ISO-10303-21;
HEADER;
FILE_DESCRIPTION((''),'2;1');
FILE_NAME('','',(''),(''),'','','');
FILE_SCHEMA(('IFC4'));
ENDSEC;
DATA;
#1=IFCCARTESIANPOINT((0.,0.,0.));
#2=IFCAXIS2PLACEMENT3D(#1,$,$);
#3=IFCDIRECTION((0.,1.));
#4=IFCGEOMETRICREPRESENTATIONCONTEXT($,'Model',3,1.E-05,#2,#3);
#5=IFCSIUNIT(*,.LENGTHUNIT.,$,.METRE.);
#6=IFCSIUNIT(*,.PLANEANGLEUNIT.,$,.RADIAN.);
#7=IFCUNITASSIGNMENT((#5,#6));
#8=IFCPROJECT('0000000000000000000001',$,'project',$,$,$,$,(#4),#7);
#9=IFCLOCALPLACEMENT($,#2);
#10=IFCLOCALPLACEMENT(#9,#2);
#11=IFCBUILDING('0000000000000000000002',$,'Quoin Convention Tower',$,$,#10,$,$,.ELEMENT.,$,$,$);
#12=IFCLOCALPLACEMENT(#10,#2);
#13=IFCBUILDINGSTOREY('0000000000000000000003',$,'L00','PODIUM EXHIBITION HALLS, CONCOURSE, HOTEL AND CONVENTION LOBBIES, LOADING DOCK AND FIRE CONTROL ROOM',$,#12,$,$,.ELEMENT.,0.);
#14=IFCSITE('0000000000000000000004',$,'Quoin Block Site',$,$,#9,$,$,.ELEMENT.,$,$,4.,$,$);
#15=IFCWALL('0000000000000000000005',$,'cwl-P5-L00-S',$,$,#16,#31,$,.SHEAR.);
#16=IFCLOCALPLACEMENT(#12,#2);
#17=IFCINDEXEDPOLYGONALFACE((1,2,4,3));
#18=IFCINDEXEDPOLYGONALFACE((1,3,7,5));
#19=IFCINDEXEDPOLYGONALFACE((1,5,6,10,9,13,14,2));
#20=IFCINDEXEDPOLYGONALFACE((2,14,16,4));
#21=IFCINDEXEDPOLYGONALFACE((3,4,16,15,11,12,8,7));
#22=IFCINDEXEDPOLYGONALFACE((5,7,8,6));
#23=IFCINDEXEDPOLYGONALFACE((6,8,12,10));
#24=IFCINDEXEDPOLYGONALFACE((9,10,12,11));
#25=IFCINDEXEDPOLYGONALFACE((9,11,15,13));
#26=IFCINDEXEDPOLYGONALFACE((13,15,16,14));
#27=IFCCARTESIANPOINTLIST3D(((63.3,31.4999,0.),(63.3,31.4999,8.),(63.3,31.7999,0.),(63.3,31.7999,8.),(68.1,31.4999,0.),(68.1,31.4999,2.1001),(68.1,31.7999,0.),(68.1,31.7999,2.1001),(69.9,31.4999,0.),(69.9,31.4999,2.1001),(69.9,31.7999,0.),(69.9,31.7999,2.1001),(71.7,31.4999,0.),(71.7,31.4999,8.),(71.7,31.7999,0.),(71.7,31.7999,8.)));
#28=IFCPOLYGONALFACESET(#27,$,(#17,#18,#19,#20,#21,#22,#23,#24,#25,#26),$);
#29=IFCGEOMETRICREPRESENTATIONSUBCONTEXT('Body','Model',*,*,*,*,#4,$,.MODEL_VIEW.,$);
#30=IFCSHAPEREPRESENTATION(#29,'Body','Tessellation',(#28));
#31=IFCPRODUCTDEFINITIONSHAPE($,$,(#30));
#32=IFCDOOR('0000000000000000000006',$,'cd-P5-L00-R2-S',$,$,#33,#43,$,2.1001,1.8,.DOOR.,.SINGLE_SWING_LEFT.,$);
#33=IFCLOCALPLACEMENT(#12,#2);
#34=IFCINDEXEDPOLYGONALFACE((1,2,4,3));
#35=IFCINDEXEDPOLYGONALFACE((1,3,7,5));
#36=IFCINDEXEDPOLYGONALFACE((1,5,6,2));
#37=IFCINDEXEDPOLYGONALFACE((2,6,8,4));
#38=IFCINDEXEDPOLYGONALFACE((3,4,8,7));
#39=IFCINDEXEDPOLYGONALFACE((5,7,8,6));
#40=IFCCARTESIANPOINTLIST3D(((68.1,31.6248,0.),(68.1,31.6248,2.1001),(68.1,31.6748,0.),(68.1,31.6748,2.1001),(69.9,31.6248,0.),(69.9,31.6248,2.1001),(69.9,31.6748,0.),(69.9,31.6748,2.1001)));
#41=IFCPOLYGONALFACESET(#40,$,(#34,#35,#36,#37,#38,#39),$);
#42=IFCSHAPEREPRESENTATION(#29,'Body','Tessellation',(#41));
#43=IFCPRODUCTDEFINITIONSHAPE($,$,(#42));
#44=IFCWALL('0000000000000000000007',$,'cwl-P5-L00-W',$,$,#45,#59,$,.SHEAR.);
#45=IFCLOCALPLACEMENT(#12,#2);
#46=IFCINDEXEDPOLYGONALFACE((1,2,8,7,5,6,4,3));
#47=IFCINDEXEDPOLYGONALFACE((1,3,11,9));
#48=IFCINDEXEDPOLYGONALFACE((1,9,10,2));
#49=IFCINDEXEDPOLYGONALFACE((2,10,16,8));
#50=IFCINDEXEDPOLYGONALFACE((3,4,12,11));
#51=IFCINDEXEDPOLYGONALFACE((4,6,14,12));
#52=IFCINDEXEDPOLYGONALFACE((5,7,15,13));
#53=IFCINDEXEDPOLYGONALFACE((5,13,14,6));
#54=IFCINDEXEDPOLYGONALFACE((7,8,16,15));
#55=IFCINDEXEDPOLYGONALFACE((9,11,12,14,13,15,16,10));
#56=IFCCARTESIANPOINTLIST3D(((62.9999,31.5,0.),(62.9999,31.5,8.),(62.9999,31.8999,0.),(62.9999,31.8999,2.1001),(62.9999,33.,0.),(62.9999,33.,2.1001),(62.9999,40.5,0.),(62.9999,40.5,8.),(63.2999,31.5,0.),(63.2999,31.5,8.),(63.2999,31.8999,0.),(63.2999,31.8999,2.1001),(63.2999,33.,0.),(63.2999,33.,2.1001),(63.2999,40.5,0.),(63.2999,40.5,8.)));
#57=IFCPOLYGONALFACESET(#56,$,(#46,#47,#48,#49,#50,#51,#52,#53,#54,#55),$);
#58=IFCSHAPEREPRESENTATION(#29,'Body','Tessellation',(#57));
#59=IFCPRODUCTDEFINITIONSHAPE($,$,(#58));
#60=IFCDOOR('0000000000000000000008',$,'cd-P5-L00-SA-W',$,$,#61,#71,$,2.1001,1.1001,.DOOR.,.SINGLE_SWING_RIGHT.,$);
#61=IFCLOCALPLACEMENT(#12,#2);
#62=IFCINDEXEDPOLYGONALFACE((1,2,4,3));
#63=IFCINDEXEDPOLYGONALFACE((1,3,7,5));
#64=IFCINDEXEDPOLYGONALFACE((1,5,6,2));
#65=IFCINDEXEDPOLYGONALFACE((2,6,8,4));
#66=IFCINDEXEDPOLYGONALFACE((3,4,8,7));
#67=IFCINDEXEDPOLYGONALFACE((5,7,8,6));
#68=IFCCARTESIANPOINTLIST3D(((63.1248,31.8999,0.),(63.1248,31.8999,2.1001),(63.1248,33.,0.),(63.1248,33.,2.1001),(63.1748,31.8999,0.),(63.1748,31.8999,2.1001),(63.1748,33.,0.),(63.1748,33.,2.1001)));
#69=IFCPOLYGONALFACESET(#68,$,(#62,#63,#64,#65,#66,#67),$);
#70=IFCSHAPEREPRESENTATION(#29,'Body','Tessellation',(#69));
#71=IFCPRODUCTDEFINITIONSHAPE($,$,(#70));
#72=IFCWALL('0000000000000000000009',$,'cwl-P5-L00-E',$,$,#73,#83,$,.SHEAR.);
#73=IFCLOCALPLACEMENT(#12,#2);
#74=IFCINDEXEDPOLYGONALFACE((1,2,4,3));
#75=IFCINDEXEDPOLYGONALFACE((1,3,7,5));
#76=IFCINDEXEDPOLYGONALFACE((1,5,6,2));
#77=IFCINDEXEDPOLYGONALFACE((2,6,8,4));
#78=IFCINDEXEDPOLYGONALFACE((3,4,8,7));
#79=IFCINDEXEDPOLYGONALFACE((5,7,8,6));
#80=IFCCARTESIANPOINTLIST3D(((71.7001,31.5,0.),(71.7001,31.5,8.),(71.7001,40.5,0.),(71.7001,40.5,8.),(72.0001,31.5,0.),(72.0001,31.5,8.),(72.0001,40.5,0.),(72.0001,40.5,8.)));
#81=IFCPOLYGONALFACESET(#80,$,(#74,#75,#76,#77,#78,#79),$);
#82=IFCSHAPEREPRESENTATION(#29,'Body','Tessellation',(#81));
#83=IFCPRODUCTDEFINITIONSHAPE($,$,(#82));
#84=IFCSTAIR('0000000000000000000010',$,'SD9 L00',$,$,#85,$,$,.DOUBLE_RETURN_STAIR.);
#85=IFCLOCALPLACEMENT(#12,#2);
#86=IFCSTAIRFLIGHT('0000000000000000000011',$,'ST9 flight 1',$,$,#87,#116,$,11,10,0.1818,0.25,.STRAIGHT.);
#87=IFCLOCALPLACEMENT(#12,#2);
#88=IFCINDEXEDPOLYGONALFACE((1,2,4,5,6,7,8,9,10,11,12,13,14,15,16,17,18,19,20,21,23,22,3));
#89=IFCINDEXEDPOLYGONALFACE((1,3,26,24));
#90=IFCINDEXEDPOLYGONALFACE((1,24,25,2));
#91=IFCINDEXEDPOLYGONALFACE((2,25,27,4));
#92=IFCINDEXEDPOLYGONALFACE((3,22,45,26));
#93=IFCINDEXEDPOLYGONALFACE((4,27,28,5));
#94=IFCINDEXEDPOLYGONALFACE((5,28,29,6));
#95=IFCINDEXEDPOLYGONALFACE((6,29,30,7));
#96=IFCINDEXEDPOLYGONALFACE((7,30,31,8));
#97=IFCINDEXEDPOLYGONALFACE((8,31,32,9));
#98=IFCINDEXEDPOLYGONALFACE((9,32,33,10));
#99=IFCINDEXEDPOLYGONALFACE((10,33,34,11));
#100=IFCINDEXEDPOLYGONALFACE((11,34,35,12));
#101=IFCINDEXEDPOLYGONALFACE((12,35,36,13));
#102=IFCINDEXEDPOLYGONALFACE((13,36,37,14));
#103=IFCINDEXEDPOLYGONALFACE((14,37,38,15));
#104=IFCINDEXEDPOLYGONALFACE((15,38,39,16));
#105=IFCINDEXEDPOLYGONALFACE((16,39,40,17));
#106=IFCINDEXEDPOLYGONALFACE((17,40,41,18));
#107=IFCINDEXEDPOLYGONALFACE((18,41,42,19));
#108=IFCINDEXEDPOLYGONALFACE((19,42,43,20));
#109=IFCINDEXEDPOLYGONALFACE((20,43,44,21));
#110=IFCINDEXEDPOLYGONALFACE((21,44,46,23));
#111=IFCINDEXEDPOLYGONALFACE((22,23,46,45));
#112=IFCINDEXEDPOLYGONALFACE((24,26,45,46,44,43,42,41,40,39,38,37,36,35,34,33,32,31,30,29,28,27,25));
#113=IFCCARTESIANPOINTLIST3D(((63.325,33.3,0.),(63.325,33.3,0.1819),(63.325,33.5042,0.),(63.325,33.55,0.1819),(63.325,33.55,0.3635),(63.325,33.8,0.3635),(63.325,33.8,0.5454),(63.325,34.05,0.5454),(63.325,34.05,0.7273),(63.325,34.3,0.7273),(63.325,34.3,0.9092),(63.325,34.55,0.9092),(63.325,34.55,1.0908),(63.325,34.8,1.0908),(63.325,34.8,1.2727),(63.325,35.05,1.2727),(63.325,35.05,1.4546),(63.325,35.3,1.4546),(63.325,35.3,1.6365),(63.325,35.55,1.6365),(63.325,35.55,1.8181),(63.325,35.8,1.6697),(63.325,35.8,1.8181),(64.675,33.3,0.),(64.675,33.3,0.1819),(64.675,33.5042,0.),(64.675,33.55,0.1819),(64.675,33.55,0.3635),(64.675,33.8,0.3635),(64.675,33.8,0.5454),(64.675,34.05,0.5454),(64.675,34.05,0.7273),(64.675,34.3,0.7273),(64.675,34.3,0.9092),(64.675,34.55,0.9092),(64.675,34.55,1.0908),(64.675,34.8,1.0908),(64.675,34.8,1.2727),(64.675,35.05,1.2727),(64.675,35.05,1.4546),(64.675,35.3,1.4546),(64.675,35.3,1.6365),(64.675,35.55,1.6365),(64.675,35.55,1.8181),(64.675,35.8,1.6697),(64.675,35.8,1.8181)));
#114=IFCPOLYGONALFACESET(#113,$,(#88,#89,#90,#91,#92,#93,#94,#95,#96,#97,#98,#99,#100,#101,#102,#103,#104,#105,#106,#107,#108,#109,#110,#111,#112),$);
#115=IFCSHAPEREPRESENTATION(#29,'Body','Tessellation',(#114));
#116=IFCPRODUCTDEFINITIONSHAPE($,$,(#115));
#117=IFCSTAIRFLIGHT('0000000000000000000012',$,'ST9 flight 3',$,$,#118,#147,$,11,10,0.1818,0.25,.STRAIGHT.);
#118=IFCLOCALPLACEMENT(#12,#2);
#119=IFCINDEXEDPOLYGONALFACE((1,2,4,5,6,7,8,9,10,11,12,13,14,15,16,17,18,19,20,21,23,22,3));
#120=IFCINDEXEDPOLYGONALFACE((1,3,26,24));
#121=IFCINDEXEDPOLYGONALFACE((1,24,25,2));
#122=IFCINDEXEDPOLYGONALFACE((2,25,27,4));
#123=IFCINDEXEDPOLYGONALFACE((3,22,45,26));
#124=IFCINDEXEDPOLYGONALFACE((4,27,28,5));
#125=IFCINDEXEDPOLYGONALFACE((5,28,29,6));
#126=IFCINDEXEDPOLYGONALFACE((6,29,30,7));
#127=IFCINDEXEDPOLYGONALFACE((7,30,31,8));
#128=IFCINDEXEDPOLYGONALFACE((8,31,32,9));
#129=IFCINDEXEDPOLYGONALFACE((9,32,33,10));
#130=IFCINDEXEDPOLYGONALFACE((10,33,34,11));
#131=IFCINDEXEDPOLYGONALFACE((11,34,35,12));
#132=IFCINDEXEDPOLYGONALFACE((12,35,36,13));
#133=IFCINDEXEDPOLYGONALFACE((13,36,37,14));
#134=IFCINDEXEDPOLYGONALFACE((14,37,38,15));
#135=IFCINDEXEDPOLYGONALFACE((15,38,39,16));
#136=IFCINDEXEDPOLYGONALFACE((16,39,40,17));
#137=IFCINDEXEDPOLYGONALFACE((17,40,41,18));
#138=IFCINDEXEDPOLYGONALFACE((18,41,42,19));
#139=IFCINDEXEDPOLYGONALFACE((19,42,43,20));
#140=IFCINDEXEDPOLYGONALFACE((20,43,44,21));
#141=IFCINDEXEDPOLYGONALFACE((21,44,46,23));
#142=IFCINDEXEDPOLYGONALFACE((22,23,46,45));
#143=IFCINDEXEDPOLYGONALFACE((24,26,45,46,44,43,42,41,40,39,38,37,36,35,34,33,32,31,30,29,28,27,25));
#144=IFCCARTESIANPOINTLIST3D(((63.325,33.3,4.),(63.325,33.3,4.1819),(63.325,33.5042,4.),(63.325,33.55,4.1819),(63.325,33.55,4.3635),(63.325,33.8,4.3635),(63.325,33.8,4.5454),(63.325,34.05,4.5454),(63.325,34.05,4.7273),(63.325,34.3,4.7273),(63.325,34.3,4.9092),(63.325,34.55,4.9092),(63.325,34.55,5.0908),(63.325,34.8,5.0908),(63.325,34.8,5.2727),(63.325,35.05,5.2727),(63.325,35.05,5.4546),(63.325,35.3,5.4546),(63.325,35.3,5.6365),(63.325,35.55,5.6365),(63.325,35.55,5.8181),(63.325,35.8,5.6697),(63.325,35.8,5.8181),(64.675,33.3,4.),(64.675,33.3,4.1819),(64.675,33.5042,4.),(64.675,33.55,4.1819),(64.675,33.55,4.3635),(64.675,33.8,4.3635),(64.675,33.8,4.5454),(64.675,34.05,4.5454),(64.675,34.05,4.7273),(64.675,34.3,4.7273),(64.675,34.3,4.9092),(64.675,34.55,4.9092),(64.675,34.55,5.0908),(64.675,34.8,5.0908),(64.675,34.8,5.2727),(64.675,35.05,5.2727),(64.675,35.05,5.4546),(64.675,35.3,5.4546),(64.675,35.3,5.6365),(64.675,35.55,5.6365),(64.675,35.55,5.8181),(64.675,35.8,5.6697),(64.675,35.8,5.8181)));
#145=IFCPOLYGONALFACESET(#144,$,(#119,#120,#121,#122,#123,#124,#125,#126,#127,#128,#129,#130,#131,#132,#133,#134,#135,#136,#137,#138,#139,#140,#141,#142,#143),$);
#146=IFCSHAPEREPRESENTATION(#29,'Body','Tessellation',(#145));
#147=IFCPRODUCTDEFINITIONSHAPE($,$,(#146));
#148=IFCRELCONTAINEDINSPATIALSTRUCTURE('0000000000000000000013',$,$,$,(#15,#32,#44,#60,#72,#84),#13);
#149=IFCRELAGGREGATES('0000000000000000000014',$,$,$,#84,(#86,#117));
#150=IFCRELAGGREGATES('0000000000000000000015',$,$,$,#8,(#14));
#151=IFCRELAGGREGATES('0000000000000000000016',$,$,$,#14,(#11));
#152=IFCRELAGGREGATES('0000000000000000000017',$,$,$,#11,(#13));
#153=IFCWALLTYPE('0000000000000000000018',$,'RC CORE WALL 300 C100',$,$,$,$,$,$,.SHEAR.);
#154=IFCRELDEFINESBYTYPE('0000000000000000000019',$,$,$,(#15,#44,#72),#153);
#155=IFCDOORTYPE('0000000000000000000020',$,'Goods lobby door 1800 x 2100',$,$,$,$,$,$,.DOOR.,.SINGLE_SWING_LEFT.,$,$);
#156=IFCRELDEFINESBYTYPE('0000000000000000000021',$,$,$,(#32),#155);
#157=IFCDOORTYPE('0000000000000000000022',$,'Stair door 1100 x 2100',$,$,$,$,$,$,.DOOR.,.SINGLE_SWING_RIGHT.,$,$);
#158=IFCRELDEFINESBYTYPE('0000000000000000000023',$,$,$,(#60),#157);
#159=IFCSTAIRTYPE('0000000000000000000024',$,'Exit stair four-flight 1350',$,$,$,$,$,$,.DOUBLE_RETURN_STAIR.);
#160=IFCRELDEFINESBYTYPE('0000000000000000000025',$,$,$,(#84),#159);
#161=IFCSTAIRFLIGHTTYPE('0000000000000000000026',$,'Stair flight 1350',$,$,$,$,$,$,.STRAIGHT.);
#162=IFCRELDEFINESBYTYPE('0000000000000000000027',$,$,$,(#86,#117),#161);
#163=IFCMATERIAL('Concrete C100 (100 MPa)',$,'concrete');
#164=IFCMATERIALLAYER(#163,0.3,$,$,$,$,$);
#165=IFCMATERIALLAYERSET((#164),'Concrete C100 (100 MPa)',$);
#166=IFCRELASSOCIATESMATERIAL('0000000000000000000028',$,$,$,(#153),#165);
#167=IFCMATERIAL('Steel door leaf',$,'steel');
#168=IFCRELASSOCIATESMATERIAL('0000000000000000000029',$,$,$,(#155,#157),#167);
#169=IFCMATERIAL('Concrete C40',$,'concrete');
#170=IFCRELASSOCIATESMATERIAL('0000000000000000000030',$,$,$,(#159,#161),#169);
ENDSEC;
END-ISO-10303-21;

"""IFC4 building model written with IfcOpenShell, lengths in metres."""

from ifc_helpers import new_model, si_unit, direction, frame, frame_2d, origin, place, context, subcontext, project, spatial, polyline, rectangle, outline, extrude, material, layer, layer_set, type_object, element, fill, aggregate, save


model = new_model("IFC4")

# Units and contexts
model_context = context("Model", 3, precision=1e-05, world=origin(), true_north=direction((0.0, 1.0)))
body_context = subcontext(model_context, "Body", "Model", "MODEL_VIEW")
ifc_project = project(units=[si_unit("LENGTHUNIT", "METRE"), si_unit("PLANEANGLEUNIT", "RADIAN")], contexts=[model_context])

# Site, building, storey
site_placement = place(None, origin())
site = spatial("IfcSite", under=ifc_project, at=site_placement, Name="Quoin Block Site", CompositionType="ELEMENT", RefElevation=4.0)
building_placement = place(site_placement, origin())
building = spatial("IfcBuilding", under=site, at=building_placement, Name="Quoin Convention Tower", CompositionType="ELEMENT")
storey_placement = place(building_placement, origin())
storey = spatial("IfcBuildingStorey", under=building, at=storey_placement, Name="L00", Description="PODIUM EXHIBITION HALLS, CONCOURSE, HOTEL AND CONVENTION LOBBIES, LOADING DOCK AND FIRE CONTROL ROOM", CompositionType="ELEMENT", Elevation=0.0)

# Shared definitions
ifc_material_1 = material(Name="Concrete C100 (100 MPa)", Category="concrete")

# Shared definitions
ifc_layer_1 = layer(ifc_material_1, 0.3)
ifc_layer_set_1 = layer_set([ifc_layer_1], Name="Concrete C100 (100 MPa)")
wall_type_1 = type_object("IfcWallType", Name="RC CORE WALL 300 C100", PredefinedType="SHEAR", material=ifc_layer_set_1)

# Walls, openings, doors
wall_1_placement = place(storey_placement, frame((63.3, 31.6499, 0.0), z_axis=(0.0, 0.0, 1.0), x_axis=(1.0, 0.0, 0.0)))
wall_1 = element("IfcWall", 1, at=wall_1_placement, inside=storey, type_object=wall_type_1, Name="cwl-P5-L00-S", PredefinedType="SHEAR", context=body_context, shape_type="SweptSolid", body=[
    extrude(rectangle(XDim=8.3999, YDim=0.3, at=frame_2d((4.2, 0.0))), origin(), (0.0, 0.0, 1.0), 8.0),
])
opening_1_placement = place(wall_1_placement, frame((4.8, 0.0, 0.0)))
opening_1 = element("IfcOpeningElement", 2, at=opening_1_placement, cuts=wall_1, PredefinedType="OPENING", context=body_context, shape_type="SweptSolid", body=[
    extrude(rectangle(XDim=1.8, YDim=2.1001, at=frame_2d((0.8999, 1.05))), frame((0.0, 0.1599, 0.0), z_axis=(0.0, -1.0, 0.0), x_axis=(1.0, 0.0, 0.0)), (0.0, 0.0, 1.0), 0.3201),
])
ifc_material_2 = material(Name="Steel door leaf", Category="steel")
door_type_1 = type_object("IfcDoorType", Name="Goods lobby door 1800 x 2100", OperationType="SINGLE_SWING_LEFT", PredefinedType="DOOR", material=ifc_material_2)
door_1_placement = place(opening_1_placement, origin())
door_1 = element("IfcDoor", 3, at=door_1_placement, inside=storey, type_object=door_type_1, Name="cd-P5-L00-R2-S", OperationType="SINGLE_SWING_LEFT", OverallHeight=2.1001, OverallWidth=1.8, PredefinedType="DOOR", context=body_context, shape_type="SweptSolid", body=[
    extrude(rectangle(XDim=1.8, YDim=2.1001, at=frame_2d((0.8999, 1.05))), frame((0.0, 0.0249, 0.0), z_axis=(0.0, -1.0, 0.0), x_axis=(1.0, 0.0, 0.0)), (0.0, 0.0, 1.0), 0.05),
])
fill(opening_1, door_1)
wall_2_placement = place(storey_placement, frame((63.1499, 31.5, 0.0), z_axis=(0.0, 0.0, 1.0), x_axis=(0.0, 1.0, 0.0)))
wall_2 = element("IfcWall", 4, at=wall_2_placement, inside=storey, type_object=wall_type_1, Name="cwl-P5-L00-W", PredefinedType="SHEAR", context=body_context, shape_type="SweptSolid", body=[
    extrude(rectangle(XDim=9.0, YDim=0.3, at=frame_2d((4.5, 0.0))), origin(), (0.0, 0.0, 1.0), 8.0),
])
opening_2_placement = place(wall_2_placement, frame((0.3999, 0.0, 0.0)))
opening_2 = element("IfcOpeningElement", 5, at=opening_2_placement, cuts=wall_2, PredefinedType="OPENING", context=body_context, shape_type="SweptSolid", body=[
    extrude(rectangle(XDim=1.1001, YDim=2.1001, at=frame_2d((0.55, 1.05))), frame((0.0, 0.1599, 0.0), z_axis=(0.0, -1.0, 0.0), x_axis=(1.0, 0.0, 0.0)), (0.0, 0.0, 1.0), 0.3201),
])
door_type_2 = type_object("IfcDoorType", Name="Stair door 1100 x 2100", OperationType="SINGLE_SWING_RIGHT", PredefinedType="DOOR", material=ifc_material_2)
door_2_placement = place(opening_2_placement, frame((1.1001, 0.0, 0.0), z_axis=(0.0, 0.0, 1.0), x_axis=(-1.0, 0.0, 0.0)))
door_2 = element("IfcDoor", 6, at=door_2_placement, inside=storey, type_object=door_type_2, Name="cd-P5-L00-SA-W", OperationType="SINGLE_SWING_RIGHT", OverallHeight=2.1001, OverallWidth=1.1001, PredefinedType="DOOR", context=body_context, shape_type="SweptSolid", body=[
    extrude(rectangle(XDim=1.1001, YDim=2.1001, at=frame_2d((0.55, 1.05))), frame((0.0, 0.0249, 0.0), z_axis=(0.0, -1.0, 0.0), x_axis=(1.0, 0.0, 0.0)), (0.0, 0.0, 1.0), 0.05),
])
fill(opening_2, door_2)

# Wall
wall_3_placement = place(storey_placement, frame((71.8501, 31.5, 0.0), z_axis=(0.0, 0.0, 1.0), x_axis=(0.0, 1.0, 0.0)))
element("IfcWall", 7, at=wall_3_placement, inside=storey, type_object=wall_type_1, Name="cwl-P5-L00-E", PredefinedType="SHEAR", context=body_context, shape_type="SweptSolid", body=[
    extrude(rectangle(XDim=9.0, YDim=0.3, at=frame_2d((4.5, 0.0))), origin(), (0.0, 0.0, 1.0), 8.0),
])

# Stair, stair flights
ifc_material_3 = material(Name="Concrete C40", Category="concrete")
stair_type = type_object("IfcStairType", Name="Exit stair four-flight 1350", PredefinedType="DOUBLE_RETURN_STAIR", material=ifc_material_3)
stair_placement = place(storey_placement, origin())
stair = element("IfcStair", 8, at=stair_placement, inside=storey, type_object=stair_type, Name="SD9 L00", PredefinedType="DOUBLE_RETURN_STAIR")
stair_flight_type = type_object("IfcStairFlightType", Name="Stair flight 1350", PredefinedType="STRAIGHT", material=ifc_material_3)
stair_flight_1_placement = place(storey_placement, frame((64.0, 33.3, 0.0), z_axis=(0.0, 0.0, 1.0), x_axis=(0.0, 1.0, 0.0)))
stair_flight_1 = element("IfcStairFlight", 9, at=stair_flight_1_placement, type_object=stair_flight_type, Name="ST9 flight 1", NumberOfRisers=11, NumberOfTreads=10, PredefinedType="STRAIGHT", RiserHeight=0.1818, TreadLength=0.25, context=body_context, shape_type="SweptSolid", body=[
    extrude(outline(polyline([(0.0, 0.0), (0.0, 0.1819), (0.25, 0.1819), (0.25, 0.3635), (0.5, 0.3635), (0.5, 0.5454), (0.75, 0.5454), (0.75, 0.7273), (1.0, 0.7273), (1.0, 0.9092), (1.25, 0.9092), (1.25, 1.0908), (1.5, 1.0908), (1.5, 1.2727), (1.75, 1.2727), (1.75, 1.4546), (2.0, 1.4546), (2.0, 1.6365), (2.25, 1.6365), (2.25, 1.8181), (2.5, 1.8181), (2.5, 2.0), (2.5, 1.6697), (0.2041, 0.0), (0.0, 0.0)])), frame((0.0, 0.675, 0.0), z_axis=(0.0, -1.0, 0.0), x_axis=(1.0, 0.0, 0.0)), (0.0, 0.0, 1.0), 1.3501),
])
stair_flight_2_placement = place(storey_placement, frame((64.0, 33.3, 4.0), z_axis=(0.0, 0.0, 1.0), x_axis=(0.0, 1.0, 0.0)))
stair_flight_2 = element("IfcStairFlight", 10, at=stair_flight_2_placement, type_object=stair_flight_type, Name="ST9 flight 3", NumberOfRisers=11, NumberOfTreads=10, PredefinedType="STRAIGHT", RiserHeight=0.1818, TreadLength=0.25, context=body_context, shape_type="SweptSolid", body=[
    extrude(outline(polyline([(0.0, 0.0), (0.0, 0.1819), (0.25, 0.1819), (0.25, 0.3635), (0.5, 0.3635), (0.5, 0.5454), (0.75, 0.5454), (0.75, 0.7273), (1.0, 0.7273), (1.0, 0.9092), (1.25, 0.9092), (1.25, 1.0908), (1.5, 1.0908), (1.5, 1.2727), (1.75, 1.2727), (1.75, 1.4546), (2.0, 1.4546), (2.0, 1.6365), (2.25, 1.6365), (2.25, 1.8181), (2.5, 1.8181), (2.5, 2.0), (2.5, 1.6697), (0.2041, 0.0), (0.0, 0.0)])), frame((0.0, 0.675, 0.0), z_axis=(0.0, -1.0, 0.0), x_axis=(1.0, 0.0, 0.0)), (0.0, 0.0, 1.0), 1.3501),
])
aggregate(stair, [stair_flight_1, stair_flight_2])

save(model, "model.ifc")
